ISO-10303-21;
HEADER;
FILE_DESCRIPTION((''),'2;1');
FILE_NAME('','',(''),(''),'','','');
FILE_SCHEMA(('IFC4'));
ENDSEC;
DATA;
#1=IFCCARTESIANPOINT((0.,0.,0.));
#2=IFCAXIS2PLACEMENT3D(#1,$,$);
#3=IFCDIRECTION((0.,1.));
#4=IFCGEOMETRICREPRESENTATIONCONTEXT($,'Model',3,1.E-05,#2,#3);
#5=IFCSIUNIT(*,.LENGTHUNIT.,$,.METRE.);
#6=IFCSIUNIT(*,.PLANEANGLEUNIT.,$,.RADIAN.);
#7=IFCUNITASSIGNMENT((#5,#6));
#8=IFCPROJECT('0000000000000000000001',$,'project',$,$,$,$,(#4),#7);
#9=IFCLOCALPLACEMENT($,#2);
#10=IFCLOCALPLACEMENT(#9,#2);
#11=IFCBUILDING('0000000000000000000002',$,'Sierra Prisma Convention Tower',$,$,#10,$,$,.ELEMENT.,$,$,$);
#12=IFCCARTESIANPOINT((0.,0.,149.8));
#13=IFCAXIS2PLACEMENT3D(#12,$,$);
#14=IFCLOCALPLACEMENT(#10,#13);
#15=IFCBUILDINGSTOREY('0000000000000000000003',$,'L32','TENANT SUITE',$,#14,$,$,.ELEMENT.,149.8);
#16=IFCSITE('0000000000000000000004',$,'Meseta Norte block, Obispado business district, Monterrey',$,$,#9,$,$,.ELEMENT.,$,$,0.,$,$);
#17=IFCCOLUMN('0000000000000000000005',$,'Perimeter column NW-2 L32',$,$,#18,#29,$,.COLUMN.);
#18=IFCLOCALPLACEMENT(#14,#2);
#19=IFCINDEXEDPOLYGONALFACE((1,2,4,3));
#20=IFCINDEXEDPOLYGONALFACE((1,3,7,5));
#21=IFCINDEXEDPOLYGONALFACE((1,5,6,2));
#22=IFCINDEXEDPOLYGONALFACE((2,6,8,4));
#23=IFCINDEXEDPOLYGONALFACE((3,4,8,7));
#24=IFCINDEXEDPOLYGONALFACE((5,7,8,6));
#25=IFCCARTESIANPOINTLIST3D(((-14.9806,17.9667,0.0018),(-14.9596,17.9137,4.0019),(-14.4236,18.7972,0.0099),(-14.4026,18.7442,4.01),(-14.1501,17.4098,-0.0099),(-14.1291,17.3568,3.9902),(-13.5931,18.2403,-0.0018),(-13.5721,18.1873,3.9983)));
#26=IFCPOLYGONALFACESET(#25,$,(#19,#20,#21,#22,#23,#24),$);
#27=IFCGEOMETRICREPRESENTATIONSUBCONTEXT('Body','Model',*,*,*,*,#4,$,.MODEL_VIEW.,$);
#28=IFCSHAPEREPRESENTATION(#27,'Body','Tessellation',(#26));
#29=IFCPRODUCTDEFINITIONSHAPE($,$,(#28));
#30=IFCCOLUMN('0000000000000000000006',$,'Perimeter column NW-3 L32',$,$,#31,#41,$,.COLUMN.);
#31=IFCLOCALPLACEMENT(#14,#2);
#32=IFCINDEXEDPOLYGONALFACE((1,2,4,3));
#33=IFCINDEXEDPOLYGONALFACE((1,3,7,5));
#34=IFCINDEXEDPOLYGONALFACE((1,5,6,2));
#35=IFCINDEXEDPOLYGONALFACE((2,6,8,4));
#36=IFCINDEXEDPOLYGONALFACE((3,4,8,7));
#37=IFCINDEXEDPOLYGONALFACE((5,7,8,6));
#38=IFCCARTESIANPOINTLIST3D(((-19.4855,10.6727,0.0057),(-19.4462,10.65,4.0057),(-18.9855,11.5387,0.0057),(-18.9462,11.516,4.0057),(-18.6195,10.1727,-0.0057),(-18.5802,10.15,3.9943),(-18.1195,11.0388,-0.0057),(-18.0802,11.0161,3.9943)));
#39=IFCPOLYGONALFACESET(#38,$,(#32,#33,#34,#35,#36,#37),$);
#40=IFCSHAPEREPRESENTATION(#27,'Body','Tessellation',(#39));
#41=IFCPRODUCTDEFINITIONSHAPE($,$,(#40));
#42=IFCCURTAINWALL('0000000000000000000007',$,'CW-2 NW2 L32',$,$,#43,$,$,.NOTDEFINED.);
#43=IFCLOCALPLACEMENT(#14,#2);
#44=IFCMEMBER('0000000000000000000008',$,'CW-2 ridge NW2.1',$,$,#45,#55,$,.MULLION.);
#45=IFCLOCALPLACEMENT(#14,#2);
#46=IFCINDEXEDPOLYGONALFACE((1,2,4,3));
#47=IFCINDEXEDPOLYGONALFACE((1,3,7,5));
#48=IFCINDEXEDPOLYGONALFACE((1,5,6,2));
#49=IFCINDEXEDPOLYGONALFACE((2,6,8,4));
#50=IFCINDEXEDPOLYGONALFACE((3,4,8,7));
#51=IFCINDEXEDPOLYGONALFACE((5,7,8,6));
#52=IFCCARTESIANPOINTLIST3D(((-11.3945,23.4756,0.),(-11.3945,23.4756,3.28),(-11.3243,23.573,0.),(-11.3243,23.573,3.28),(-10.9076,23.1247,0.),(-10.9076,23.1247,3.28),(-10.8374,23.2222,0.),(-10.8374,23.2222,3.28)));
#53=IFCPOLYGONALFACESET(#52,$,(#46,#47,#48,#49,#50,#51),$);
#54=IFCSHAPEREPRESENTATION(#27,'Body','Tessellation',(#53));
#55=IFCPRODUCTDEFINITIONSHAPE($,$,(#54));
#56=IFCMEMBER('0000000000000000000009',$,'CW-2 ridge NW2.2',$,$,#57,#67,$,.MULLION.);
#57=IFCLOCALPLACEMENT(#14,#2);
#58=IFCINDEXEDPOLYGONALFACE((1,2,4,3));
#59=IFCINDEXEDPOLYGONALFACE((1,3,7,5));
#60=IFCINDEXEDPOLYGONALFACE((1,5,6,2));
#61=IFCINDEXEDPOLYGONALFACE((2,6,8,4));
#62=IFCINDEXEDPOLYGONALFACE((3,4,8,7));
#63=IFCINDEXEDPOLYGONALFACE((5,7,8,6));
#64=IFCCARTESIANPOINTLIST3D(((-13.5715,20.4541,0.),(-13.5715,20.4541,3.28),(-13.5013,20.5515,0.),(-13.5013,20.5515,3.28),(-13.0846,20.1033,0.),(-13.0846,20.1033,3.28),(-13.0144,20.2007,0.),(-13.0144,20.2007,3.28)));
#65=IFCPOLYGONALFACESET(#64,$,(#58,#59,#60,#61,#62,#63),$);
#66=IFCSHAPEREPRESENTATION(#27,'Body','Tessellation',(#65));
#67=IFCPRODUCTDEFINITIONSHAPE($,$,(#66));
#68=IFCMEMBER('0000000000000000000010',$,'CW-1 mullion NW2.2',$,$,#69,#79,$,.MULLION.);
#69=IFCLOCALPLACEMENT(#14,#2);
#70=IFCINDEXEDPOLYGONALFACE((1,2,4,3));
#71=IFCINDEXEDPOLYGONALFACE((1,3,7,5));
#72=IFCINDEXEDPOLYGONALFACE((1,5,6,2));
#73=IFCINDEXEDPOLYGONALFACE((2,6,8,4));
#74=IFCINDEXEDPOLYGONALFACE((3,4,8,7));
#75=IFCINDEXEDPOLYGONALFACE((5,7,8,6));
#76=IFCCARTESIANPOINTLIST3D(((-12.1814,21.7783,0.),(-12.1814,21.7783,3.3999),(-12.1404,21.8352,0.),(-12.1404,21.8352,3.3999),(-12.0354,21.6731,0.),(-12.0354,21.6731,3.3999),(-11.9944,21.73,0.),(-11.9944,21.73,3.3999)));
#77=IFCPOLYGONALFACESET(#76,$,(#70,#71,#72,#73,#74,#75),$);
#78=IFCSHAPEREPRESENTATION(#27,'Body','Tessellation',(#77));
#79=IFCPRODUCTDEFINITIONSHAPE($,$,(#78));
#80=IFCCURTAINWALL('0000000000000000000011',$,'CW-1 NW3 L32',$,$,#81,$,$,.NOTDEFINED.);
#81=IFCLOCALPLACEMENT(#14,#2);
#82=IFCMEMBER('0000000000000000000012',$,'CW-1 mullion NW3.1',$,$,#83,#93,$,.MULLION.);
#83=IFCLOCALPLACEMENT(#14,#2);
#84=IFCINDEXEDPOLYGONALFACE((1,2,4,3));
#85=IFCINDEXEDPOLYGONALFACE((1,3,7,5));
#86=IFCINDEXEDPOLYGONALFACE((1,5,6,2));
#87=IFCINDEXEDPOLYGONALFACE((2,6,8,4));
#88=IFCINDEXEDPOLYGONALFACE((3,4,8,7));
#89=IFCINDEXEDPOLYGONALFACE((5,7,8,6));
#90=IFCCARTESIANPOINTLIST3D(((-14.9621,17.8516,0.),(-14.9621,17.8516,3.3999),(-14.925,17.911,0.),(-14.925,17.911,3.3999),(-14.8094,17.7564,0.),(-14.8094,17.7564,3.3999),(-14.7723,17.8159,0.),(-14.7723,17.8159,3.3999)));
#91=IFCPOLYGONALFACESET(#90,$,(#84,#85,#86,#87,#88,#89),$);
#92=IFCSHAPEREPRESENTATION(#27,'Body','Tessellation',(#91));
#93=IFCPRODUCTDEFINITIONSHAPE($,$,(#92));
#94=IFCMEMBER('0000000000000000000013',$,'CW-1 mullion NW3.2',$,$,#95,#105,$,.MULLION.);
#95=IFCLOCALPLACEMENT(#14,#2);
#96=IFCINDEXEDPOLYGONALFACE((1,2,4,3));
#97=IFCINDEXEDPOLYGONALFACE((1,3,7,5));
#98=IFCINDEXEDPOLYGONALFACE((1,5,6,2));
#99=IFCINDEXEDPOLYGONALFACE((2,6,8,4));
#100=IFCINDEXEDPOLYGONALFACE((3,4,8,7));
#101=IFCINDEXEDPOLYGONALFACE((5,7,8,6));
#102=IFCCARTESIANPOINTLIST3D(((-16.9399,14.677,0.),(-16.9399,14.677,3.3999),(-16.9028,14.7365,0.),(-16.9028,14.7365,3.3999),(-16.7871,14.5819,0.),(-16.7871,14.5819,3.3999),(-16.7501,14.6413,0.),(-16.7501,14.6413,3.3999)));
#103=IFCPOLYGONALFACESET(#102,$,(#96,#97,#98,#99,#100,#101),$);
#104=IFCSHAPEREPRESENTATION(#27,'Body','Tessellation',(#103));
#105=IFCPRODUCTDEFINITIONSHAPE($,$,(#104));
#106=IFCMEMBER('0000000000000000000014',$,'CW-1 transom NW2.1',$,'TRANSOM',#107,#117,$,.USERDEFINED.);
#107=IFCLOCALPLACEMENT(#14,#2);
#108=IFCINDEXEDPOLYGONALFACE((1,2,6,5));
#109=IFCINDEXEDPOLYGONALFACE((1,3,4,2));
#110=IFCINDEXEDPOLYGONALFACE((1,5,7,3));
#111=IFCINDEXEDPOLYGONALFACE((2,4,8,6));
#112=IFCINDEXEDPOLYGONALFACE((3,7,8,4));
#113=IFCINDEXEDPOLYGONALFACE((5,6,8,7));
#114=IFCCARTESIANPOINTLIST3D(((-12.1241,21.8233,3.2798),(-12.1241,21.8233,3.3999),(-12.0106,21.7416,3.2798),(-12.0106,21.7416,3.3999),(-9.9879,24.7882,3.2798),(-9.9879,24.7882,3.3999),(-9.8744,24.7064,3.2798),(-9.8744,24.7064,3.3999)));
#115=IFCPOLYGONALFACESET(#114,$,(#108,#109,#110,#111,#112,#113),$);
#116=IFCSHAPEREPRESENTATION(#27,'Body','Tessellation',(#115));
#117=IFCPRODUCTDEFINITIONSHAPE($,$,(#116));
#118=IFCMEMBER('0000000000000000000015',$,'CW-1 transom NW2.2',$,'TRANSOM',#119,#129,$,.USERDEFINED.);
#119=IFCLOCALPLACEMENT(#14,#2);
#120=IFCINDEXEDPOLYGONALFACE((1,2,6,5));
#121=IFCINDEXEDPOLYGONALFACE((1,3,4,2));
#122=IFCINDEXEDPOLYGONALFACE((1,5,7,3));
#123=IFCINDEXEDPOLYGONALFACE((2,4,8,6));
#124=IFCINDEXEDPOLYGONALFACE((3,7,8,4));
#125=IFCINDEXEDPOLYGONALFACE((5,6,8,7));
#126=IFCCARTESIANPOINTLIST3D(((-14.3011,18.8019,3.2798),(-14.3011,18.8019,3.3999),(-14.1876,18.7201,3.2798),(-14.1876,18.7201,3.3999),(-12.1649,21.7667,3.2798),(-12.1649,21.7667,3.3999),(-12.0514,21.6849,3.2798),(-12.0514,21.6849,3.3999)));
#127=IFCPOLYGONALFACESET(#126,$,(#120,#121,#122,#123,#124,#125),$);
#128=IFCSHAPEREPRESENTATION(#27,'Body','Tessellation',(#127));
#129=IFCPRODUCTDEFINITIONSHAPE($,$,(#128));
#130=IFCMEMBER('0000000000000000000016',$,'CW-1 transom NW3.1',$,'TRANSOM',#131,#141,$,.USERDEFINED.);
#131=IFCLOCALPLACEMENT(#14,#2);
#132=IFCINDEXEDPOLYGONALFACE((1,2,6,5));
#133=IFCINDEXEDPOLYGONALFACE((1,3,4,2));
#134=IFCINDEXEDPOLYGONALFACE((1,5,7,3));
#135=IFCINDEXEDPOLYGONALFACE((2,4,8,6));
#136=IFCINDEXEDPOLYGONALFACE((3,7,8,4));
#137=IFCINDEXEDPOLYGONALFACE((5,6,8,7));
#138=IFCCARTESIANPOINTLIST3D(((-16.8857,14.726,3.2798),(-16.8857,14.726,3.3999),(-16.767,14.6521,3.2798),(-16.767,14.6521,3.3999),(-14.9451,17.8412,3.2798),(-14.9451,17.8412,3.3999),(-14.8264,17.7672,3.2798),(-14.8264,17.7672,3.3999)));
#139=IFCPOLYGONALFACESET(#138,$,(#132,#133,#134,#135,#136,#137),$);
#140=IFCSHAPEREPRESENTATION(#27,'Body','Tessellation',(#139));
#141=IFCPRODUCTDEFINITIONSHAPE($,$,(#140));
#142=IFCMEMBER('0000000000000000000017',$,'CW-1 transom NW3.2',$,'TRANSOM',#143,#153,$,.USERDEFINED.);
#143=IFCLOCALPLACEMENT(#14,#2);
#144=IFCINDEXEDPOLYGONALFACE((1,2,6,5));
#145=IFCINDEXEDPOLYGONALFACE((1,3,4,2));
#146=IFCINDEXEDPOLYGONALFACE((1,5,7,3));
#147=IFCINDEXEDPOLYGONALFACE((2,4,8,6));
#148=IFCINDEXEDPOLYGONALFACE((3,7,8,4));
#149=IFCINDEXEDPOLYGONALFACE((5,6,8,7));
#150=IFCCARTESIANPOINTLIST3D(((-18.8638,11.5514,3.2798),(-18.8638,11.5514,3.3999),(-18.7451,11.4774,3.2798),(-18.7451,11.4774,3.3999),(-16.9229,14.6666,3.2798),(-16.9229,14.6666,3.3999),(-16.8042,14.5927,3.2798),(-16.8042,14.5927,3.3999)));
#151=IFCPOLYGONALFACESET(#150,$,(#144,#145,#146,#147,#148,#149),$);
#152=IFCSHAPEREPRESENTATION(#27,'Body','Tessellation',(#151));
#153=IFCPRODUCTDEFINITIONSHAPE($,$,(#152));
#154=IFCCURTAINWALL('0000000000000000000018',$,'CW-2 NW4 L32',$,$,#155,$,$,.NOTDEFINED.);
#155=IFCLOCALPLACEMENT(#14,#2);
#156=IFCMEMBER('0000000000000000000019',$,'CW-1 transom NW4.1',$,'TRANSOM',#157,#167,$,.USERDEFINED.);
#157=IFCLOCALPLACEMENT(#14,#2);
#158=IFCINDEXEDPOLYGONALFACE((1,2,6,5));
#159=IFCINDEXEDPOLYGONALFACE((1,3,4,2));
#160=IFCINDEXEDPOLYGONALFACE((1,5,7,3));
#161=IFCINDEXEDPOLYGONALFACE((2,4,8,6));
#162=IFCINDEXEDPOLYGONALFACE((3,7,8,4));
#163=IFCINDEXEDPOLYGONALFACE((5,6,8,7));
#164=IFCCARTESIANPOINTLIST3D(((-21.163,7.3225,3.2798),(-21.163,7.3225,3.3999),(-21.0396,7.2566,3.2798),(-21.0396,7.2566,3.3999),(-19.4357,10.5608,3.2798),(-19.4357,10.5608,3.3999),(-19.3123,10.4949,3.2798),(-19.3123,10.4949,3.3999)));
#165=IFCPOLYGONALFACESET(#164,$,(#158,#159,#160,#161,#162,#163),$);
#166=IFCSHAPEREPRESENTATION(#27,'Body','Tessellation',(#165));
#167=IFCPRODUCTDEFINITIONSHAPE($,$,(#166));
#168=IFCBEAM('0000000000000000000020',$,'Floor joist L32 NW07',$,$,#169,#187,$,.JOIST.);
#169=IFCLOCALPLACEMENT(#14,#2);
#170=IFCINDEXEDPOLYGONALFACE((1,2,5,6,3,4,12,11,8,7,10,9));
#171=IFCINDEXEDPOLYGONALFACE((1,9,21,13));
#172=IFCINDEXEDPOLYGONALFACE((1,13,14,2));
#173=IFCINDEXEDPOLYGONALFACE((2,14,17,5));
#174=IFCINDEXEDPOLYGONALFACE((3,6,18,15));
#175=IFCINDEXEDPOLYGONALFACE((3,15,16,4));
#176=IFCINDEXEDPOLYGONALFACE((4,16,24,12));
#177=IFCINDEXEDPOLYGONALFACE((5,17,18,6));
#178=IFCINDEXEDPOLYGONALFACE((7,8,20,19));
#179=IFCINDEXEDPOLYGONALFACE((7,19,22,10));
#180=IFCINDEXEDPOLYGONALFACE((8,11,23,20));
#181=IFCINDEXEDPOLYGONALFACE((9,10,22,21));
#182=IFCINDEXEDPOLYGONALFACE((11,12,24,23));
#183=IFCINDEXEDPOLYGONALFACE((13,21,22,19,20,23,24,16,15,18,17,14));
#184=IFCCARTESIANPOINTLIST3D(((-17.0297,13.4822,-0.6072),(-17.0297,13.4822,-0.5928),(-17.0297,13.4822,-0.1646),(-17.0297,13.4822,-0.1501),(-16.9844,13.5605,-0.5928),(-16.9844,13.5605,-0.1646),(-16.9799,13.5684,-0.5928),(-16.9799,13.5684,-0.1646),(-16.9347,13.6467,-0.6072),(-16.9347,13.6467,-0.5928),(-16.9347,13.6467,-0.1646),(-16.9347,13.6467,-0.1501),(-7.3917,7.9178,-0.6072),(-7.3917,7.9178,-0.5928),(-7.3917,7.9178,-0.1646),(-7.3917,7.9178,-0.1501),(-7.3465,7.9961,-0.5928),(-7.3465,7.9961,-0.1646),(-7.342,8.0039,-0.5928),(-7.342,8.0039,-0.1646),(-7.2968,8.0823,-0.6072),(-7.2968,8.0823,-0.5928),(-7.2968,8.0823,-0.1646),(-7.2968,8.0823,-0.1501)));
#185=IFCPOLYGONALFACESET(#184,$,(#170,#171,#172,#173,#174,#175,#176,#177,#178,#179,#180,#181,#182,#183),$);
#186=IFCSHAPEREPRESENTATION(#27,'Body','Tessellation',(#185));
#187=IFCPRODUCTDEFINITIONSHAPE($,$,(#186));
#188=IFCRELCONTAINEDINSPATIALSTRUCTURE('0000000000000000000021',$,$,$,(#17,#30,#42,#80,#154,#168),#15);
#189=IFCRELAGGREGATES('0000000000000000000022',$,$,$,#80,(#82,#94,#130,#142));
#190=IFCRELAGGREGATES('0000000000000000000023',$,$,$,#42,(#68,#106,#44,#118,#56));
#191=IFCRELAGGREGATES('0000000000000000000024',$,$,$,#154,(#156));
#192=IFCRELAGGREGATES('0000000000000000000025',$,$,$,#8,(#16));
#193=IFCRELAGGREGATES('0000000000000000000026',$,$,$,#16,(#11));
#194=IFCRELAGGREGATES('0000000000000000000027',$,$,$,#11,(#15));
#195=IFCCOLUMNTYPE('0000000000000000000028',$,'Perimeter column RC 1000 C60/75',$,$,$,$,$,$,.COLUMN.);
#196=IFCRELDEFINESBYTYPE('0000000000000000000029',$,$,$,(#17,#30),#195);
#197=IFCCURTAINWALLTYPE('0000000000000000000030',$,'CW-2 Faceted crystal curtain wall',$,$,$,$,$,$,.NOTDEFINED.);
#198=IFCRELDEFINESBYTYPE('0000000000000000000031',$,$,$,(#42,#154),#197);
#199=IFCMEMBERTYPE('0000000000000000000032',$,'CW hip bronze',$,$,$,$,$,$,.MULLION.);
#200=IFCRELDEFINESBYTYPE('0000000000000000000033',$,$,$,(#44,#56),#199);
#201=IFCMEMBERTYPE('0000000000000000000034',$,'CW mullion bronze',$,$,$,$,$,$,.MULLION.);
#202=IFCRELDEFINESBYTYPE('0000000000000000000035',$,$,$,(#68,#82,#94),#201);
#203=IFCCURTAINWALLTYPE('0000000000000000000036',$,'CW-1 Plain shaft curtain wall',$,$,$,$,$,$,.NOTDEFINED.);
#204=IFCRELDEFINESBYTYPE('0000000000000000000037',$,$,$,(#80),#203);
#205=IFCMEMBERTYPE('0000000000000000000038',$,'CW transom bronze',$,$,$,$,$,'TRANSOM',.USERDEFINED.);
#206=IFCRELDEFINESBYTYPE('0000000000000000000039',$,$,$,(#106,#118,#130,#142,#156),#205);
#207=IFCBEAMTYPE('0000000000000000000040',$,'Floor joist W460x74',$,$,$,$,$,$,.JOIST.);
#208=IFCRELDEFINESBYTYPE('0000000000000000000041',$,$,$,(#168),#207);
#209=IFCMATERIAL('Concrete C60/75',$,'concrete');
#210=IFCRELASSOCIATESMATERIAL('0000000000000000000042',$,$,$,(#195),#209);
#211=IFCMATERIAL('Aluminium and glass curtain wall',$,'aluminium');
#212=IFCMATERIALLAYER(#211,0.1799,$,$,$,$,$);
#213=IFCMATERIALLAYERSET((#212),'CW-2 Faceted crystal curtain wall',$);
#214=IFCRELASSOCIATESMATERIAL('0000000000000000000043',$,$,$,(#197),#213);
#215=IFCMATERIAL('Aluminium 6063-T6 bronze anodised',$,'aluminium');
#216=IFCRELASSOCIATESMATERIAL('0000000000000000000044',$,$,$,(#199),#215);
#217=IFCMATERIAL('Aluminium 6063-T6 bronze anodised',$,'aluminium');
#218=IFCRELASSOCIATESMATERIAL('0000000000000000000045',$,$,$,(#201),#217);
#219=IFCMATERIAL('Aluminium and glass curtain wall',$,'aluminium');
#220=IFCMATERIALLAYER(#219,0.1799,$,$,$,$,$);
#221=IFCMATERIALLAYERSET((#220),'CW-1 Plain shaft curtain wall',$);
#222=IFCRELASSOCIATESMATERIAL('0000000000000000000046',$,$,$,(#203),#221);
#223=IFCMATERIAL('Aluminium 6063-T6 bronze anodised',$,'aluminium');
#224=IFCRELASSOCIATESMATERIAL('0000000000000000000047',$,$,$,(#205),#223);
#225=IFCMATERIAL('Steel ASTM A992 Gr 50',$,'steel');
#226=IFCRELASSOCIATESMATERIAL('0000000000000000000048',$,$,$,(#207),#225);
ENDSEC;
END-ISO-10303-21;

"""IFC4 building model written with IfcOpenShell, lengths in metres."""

from ifc_helpers import new_model, si_unit, direction, frame, origin, origin_2d, place, context, subcontext, project, spatial, rectangle, i_section, extrude, material, layer, layer_set, material_profile, profile_set, type_object, element, aggregate, save


model = new_model("IFC4")

# Units and contexts
model_context = context("Model", 3, precision=1e-05, world=origin(), true_north=direction((0.0, 1.0)))
body_context = subcontext(model_context, "Body", "Model", "MODEL_VIEW")
ifc_project = project(units=[si_unit("LENGTHUNIT", "METRE"), si_unit("PLANEANGLEUNIT", "RADIAN")], contexts=[model_context])

# Site, building, storey
site_placement = place(None, origin())
site = spatial("IfcSite", under=ifc_project, at=site_placement, Name="Meseta Norte block, Obispado business district, Monterrey", CompositionType="ELEMENT", RefElevation=0.0)
building_placement = place(site_placement, origin())
building = spatial("IfcBuilding", under=site, at=building_placement, Name="Sierra Prisma Convention Tower", CompositionType="ELEMENT")
storey_placement = place(building_placement, frame((0.0, 0.0, 149.8)))
storey = spatial("IfcBuildingStorey", under=building, at=storey_placement, Name="L32", Description="TENANT SUITE", CompositionType="ELEMENT", Elevation=149.8)

# Columns
ifc_material_1 = material(Name="Concrete C60/75", Category="concrete")
ifc_material_profile_1 = material_profile(ifc_material_1, rectangle(XDim=1.0, YDim=1.0, at=origin_2d()), Name="Perimeter column RC 1000 C60/75")
ifc_profile_set_1 = profile_set([ifc_material_profile_1], Name="Concrete C60/75")
column_type = type_object("IfcColumnType", Name="Perimeter column RC 1000 C60/75", PredefinedType="COLUMN", material=ifc_profile_set_1)
column_1_placement = place(storey_placement, frame((-14.2869, 18.1035, 0.0), z_axis=(0.005248, -0.013243, 0.999899), x_axis=(0.557, 0.830473, 0.008076)))
element("IfcColumn", 1, at=column_1_placement, inside=storey, type_object=column_type, Name="Perimeter column NW-2 L32", PredefinedType="COLUMN", context=body_context, shape_type="SweptSolid", body=[
    extrude(rectangle(XDim=1.0, YDim=1.0, at=origin_2d()), origin(), (0.0, 0.0, 1.0), 4.0005),
])
column_2_placement = place(storey_placement, frame((-18.8025, 10.8557, 0.0), z_axis=(0.009826, -0.005676, 0.999936), x_axis=(0.499976, 0.866039, 0.000003)))
element("IfcColumn", 2, at=column_2_placement, inside=storey, type_object=column_type, Name="Perimeter column NW-3 L32", PredefinedType="COLUMN", context=body_context, shape_type="SweptSolid", body=[
    extrude(rectangle(XDim=1.0, YDim=1.0, at=origin_2d()), origin(), (0.0, 0.0, 1.0), 4.0002),
])

# Curtain walls, members
ifc_material_2 = material(Name="Aluminium and glass curtain wall", Category="aluminium")
ifc_layer_1 = layer(ifc_material_2, 0.1799)
ifc_layer_set_1 = layer_set([ifc_layer_1], Name="CW-2 Faceted crystal curtain wall")
curtain_wall_type_1 = type_object("IfcCurtainWallType", Name="CW-2 Faceted crystal curtain wall", PredefinedType="NOTDEFINED", material=ifc_layer_set_1)
curtain_wall_1_placement = place(storey_placement, origin())
curtain_wall_1 = element("IfcCurtainWall", 3, at=curtain_wall_1_placement, inside=storey, type_object=curtain_wall_type_1, Name="CW-2 NW2 L32", PredefinedType="NOTDEFINED")
ifc_material_3 = material(Name="Aluminium 6063-T6 bronze anodised", Category="aluminium")
ifc_material_profile_2 = material_profile(ifc_material_3, rectangle(XDim=0.1201, YDim=0.6001, at=origin_2d()), Name="ALU RIDGE BLADE 120x600")
ifc_profile_set_2 = profile_set([ifc_material_profile_2], Name="Aluminium 6063-T6 bronze anodised")
member_type_1 = type_object("IfcMemberType", Name="CW hip bronze", PredefinedType="MULLION", material=ifc_profile_set_2)
member_1_placement = place(storey_placement, frame((-11.116, 23.3489, 0.0), z_axis=(0.0, 0.0, 1.0), x_axis=(-0.584584, -0.811333, 0.0)))
member_1 = element("IfcMember", 4, at=member_1_placement, type_object=member_type_1, Name="CW-2 ridge NW2.1", PredefinedType="MULLION", context=body_context, shape_type="SweptSolid", body=[
    extrude(rectangle(XDim=0.1201, YDim=0.6001, at=origin_2d()), origin(), (0.0, 0.0, 1.0), 3.28),
])
member_2_placement = place(storey_placement, frame((-13.293, 20.3274, 0.0), z_axis=(0.0, 0.0, 1.0), x_axis=(-0.584584, -0.811333, 0.0)))
member_2 = element("IfcMember", 5, at=member_2_placement, type_object=member_type_1, Name="CW-2 ridge NW2.2", PredefinedType="MULLION", context=body_context, shape_type="SweptSolid", body=[
    extrude(rectangle(XDim=0.1201, YDim=0.6001, at=origin_2d()), origin(), (0.0, 0.0, 1.0), 3.28),
])
ifc_material_4 = material(Name="Aluminium 6063-T6 bronze anodised", Category="aluminium")
ifc_material_profile_3 = material_profile(ifc_material_4, rectangle(XDim=0.1799, YDim=0.0701, at=origin_2d()), Name="ALU MULLION 70x180")
ifc_profile_set_3 = profile_set([ifc_material_profile_3], Name="Aluminium 6063-T6 bronze anodised")
member_type_2 = type_object("IfcMemberType", Name="CW mullion bronze", PredefinedType="MULLION", material=ifc_profile_set_3)
member_3_placement = place(storey_placement, frame((-12.0879, 21.7542, 0.0), z_axis=(0.0, 0.0, 1.0), x_axis=(0.811333, -0.584584, 0.0)))
member_3 = element("IfcMember", 6, at=member_3_placement, type_object=member_type_2, Name="CW-1 mullion NW2.2", PredefinedType="MULLION", context=body_context, shape_type="SweptSolid", body=[
    extrude(rectangle(XDim=0.1799, YDim=0.0701, at=origin_2d()), origin(), (0.0, 0.0, 1.0), 3.3999),
])
ifc_material_5 = material(Name="Aluminium and glass curtain wall", Category="aluminium")
ifc_layer_2 = layer(ifc_material_5, 0.1799)
ifc_layer_set_2 = layer_set([ifc_layer_2], Name="CW-1 Plain shaft curtain wall")
curtain_wall_type_2 = type_object("IfcCurtainWallType", Name="CW-1 Plain shaft curtain wall", PredefinedType="NOTDEFINED", material=ifc_layer_set_2)
curtain_wall_2_placement = place(storey_placement, origin())
curtain_wall_2 = element("IfcCurtainWall", 7, at=curtain_wall_2_placement, inside=storey, type_object=curtain_wall_type_2, Name="CW-1 NW3 L32", PredefinedType="NOTDEFINED")
member_4_placement = place(storey_placement, frame((-14.8672, 17.8337, 0.0), z_axis=(0.0, 0.0, 1.0), x_axis=(0.848745, -0.528802, 0.0)))
member_4 = element("IfcMember", 8, at=member_4_placement, type_object=member_type_2, Name="CW-1 mullion NW3.1", PredefinedType="MULLION", context=body_context, shape_type="SweptSolid", body=[
    extrude(rectangle(XDim=0.1799, YDim=0.0701, at=origin_2d()), origin(), (0.0, 0.0, 1.0), 3.3999),
])
member_5_placement = place(storey_placement, frame((-16.845, 14.6592, 0.0), z_axis=(0.0, 0.0, 1.0), x_axis=(0.848745, -0.528802, 0.0)))
member_5 = element("IfcMember", 9, at=member_5_placement, type_object=member_type_2, Name="CW-1 mullion NW3.2", PredefinedType="MULLION", context=body_context, shape_type="SweptSolid", body=[
    extrude(rectangle(XDim=0.1799, YDim=0.0701, at=origin_2d()), origin(), (0.0, 0.0, 1.0), 3.3999),
])

# Members
ifc_material_6 = material(Name="Aluminium 6063-T6 bronze anodised", Category="aluminium")
ifc_material_profile_4 = material_profile(ifc_material_6, rectangle(XDim=0.1399, YDim=0.1201, at=origin_2d()), Name="ALU TRANSOM 120x140")
ifc_profile_set_4 = profile_set([ifc_material_profile_4], Name="Aluminium 6063-T6 bronze anodised")
member_type_3 = type_object("IfcMemberType", Name="CW transom bronze", ElementType="TRANSOM", PredefinedType="USERDEFINED", material=ifc_profile_set_4)
member_6_placement = place(storey_placement, frame((-9.9312, 24.7473, 3.3398), z_axis=(-0.584583, -0.811334, 0.0), x_axis=(0.811334, -0.584583, 0.0)))
member_6 = element("IfcMember", 10, at=member_6_placement, type_object=member_type_3, Name="CW-1 transom NW2.1", ObjectType="TRANSOM", PredefinedType="USERDEFINED", context=body_context, shape_type="SweptSolid", body=[
    extrude(rectangle(XDim=0.1399, YDim=0.1201, at=origin_2d()), origin(), (0.0, 0.0, 1.0), 3.6543),
])
member_7_placement = place(storey_placement, frame((-12.1082, 21.7258, 3.3398), z_axis=(-0.584583, -0.811334, 0.0), x_axis=(0.811334, -0.584583, 0.0)))
member_7 = element("IfcMember", 11, at=member_7_placement, type_object=member_type_3, Name="CW-1 transom NW2.2", ObjectType="TRANSOM", PredefinedType="USERDEFINED", context=body_context, shape_type="SweptSolid", body=[
    extrude(rectangle(XDim=0.1399, YDim=0.1201, at=origin_2d()), origin(), (0.0, 0.0, 1.0), 3.6543),
])
member_8_placement = place(storey_placement, frame((-14.8857, 17.8042, 3.3398), z_axis=(-0.528755, -0.848775, 0.0), x_axis=(0.848775, -0.528755, 0.0)))
member_8 = element("IfcMember", 12, at=member_8_placement, type_object=member_type_3, Name="CW-1 transom NW3.1", ObjectType="TRANSOM", PredefinedType="USERDEFINED", context=body_context, shape_type="SweptSolid", body=[
    extrude(rectangle(XDim=0.1399, YDim=0.1201, at=origin_2d()), origin(), (0.0, 0.0, 1.0), 3.6702),
])
member_9_placement = place(storey_placement, frame((-16.8635, 14.6296, 3.3398), z_axis=(-0.528803, -0.848745, 0.0), x_axis=(0.848745, -0.528803, 0.0)))
member_9 = element("IfcMember", 13, at=member_9_placement, type_object=member_type_3, Name="CW-1 transom NW3.2", ObjectType="TRANSOM", PredefinedType="USERDEFINED", context=body_context, shape_type="SweptSolid", body=[
    extrude(rectangle(XDim=0.1399, YDim=0.1201, at=origin_2d()), origin(), (0.0, 0.0, 1.0), 3.6704),
])

# Curtain wall, member
curtain_wall_3_placement = place(storey_placement, origin())
curtain_wall_3 = element("IfcCurtainWall", 14, at=curtain_wall_3_placement, inside=storey, type_object=curtain_wall_type_1, Name="CW-2 NW4 L32", PredefinedType="NOTDEFINED")
member_10_placement = place(storey_placement, frame((-19.374, 10.5278, 3.3398), z_axis=(-0.470633, -0.882329, 0.0), x_axis=(0.882329, -0.470633, 0.0)))
member_10 = element("IfcMember", 15, at=member_10_placement, type_object=member_type_3, Name="CW-1 transom NW4.1", ObjectType="TRANSOM", PredefinedType="USERDEFINED", context=body_context, shape_type="SweptSolid", body=[
    extrude(rectangle(XDim=0.1399, YDim=0.1201, at=origin_2d()), origin(), (0.0, 0.0, 1.0), 3.6702),
])

# Beam
ifc_material_7 = material(Name="Steel ASTM A992 Gr 50", Category="steel")
ifc_material_profile_5 = material_profile(ifc_material_7, i_section(OverallWidth=0.1899, OverallDepth=0.457, WebThickness=0.009, FlangeThickness=0.0144, at=origin_2d()), Name="W460x74")
ifc_profile_set_5 = profile_set([ifc_material_profile_5], Name="Steel ASTM A992 Gr 50")
beam_type_1 = type_object("IfcBeamType", Name="Floor joist W460x74", PredefinedType="JOIST", material=ifc_profile_set_5)
beam_1_placement = place(storey_placement, frame((-16.9822, 13.5645, -0.3787), z_axis=(0.866026, -0.499999, 0.0), x_axis=(0.499999, 0.866026, 0.0)))
element("IfcBeam", 16, at=beam_1_placement, inside=storey, type_object=beam_type_1, Name="Floor joist L32 NW07", PredefinedType="JOIST", context=body_context, shape_type="SweptSolid", body=[
    extrude(i_section(OverallWidth=0.1899, OverallDepth=0.457, WebThickness=0.009, FlangeThickness=0.0144, at=origin_2d()), origin(), (0.0, 0.0, 1.0), 11.1289),
])

aggregate(curtain_wall_2, [member_4, member_5, member_8, member_9])
aggregate(curtain_wall_1, [member_3, member_6, member_1, member_7, member_2])
aggregate(curtain_wall_3, [member_10])

save(model, "model.ifc")
